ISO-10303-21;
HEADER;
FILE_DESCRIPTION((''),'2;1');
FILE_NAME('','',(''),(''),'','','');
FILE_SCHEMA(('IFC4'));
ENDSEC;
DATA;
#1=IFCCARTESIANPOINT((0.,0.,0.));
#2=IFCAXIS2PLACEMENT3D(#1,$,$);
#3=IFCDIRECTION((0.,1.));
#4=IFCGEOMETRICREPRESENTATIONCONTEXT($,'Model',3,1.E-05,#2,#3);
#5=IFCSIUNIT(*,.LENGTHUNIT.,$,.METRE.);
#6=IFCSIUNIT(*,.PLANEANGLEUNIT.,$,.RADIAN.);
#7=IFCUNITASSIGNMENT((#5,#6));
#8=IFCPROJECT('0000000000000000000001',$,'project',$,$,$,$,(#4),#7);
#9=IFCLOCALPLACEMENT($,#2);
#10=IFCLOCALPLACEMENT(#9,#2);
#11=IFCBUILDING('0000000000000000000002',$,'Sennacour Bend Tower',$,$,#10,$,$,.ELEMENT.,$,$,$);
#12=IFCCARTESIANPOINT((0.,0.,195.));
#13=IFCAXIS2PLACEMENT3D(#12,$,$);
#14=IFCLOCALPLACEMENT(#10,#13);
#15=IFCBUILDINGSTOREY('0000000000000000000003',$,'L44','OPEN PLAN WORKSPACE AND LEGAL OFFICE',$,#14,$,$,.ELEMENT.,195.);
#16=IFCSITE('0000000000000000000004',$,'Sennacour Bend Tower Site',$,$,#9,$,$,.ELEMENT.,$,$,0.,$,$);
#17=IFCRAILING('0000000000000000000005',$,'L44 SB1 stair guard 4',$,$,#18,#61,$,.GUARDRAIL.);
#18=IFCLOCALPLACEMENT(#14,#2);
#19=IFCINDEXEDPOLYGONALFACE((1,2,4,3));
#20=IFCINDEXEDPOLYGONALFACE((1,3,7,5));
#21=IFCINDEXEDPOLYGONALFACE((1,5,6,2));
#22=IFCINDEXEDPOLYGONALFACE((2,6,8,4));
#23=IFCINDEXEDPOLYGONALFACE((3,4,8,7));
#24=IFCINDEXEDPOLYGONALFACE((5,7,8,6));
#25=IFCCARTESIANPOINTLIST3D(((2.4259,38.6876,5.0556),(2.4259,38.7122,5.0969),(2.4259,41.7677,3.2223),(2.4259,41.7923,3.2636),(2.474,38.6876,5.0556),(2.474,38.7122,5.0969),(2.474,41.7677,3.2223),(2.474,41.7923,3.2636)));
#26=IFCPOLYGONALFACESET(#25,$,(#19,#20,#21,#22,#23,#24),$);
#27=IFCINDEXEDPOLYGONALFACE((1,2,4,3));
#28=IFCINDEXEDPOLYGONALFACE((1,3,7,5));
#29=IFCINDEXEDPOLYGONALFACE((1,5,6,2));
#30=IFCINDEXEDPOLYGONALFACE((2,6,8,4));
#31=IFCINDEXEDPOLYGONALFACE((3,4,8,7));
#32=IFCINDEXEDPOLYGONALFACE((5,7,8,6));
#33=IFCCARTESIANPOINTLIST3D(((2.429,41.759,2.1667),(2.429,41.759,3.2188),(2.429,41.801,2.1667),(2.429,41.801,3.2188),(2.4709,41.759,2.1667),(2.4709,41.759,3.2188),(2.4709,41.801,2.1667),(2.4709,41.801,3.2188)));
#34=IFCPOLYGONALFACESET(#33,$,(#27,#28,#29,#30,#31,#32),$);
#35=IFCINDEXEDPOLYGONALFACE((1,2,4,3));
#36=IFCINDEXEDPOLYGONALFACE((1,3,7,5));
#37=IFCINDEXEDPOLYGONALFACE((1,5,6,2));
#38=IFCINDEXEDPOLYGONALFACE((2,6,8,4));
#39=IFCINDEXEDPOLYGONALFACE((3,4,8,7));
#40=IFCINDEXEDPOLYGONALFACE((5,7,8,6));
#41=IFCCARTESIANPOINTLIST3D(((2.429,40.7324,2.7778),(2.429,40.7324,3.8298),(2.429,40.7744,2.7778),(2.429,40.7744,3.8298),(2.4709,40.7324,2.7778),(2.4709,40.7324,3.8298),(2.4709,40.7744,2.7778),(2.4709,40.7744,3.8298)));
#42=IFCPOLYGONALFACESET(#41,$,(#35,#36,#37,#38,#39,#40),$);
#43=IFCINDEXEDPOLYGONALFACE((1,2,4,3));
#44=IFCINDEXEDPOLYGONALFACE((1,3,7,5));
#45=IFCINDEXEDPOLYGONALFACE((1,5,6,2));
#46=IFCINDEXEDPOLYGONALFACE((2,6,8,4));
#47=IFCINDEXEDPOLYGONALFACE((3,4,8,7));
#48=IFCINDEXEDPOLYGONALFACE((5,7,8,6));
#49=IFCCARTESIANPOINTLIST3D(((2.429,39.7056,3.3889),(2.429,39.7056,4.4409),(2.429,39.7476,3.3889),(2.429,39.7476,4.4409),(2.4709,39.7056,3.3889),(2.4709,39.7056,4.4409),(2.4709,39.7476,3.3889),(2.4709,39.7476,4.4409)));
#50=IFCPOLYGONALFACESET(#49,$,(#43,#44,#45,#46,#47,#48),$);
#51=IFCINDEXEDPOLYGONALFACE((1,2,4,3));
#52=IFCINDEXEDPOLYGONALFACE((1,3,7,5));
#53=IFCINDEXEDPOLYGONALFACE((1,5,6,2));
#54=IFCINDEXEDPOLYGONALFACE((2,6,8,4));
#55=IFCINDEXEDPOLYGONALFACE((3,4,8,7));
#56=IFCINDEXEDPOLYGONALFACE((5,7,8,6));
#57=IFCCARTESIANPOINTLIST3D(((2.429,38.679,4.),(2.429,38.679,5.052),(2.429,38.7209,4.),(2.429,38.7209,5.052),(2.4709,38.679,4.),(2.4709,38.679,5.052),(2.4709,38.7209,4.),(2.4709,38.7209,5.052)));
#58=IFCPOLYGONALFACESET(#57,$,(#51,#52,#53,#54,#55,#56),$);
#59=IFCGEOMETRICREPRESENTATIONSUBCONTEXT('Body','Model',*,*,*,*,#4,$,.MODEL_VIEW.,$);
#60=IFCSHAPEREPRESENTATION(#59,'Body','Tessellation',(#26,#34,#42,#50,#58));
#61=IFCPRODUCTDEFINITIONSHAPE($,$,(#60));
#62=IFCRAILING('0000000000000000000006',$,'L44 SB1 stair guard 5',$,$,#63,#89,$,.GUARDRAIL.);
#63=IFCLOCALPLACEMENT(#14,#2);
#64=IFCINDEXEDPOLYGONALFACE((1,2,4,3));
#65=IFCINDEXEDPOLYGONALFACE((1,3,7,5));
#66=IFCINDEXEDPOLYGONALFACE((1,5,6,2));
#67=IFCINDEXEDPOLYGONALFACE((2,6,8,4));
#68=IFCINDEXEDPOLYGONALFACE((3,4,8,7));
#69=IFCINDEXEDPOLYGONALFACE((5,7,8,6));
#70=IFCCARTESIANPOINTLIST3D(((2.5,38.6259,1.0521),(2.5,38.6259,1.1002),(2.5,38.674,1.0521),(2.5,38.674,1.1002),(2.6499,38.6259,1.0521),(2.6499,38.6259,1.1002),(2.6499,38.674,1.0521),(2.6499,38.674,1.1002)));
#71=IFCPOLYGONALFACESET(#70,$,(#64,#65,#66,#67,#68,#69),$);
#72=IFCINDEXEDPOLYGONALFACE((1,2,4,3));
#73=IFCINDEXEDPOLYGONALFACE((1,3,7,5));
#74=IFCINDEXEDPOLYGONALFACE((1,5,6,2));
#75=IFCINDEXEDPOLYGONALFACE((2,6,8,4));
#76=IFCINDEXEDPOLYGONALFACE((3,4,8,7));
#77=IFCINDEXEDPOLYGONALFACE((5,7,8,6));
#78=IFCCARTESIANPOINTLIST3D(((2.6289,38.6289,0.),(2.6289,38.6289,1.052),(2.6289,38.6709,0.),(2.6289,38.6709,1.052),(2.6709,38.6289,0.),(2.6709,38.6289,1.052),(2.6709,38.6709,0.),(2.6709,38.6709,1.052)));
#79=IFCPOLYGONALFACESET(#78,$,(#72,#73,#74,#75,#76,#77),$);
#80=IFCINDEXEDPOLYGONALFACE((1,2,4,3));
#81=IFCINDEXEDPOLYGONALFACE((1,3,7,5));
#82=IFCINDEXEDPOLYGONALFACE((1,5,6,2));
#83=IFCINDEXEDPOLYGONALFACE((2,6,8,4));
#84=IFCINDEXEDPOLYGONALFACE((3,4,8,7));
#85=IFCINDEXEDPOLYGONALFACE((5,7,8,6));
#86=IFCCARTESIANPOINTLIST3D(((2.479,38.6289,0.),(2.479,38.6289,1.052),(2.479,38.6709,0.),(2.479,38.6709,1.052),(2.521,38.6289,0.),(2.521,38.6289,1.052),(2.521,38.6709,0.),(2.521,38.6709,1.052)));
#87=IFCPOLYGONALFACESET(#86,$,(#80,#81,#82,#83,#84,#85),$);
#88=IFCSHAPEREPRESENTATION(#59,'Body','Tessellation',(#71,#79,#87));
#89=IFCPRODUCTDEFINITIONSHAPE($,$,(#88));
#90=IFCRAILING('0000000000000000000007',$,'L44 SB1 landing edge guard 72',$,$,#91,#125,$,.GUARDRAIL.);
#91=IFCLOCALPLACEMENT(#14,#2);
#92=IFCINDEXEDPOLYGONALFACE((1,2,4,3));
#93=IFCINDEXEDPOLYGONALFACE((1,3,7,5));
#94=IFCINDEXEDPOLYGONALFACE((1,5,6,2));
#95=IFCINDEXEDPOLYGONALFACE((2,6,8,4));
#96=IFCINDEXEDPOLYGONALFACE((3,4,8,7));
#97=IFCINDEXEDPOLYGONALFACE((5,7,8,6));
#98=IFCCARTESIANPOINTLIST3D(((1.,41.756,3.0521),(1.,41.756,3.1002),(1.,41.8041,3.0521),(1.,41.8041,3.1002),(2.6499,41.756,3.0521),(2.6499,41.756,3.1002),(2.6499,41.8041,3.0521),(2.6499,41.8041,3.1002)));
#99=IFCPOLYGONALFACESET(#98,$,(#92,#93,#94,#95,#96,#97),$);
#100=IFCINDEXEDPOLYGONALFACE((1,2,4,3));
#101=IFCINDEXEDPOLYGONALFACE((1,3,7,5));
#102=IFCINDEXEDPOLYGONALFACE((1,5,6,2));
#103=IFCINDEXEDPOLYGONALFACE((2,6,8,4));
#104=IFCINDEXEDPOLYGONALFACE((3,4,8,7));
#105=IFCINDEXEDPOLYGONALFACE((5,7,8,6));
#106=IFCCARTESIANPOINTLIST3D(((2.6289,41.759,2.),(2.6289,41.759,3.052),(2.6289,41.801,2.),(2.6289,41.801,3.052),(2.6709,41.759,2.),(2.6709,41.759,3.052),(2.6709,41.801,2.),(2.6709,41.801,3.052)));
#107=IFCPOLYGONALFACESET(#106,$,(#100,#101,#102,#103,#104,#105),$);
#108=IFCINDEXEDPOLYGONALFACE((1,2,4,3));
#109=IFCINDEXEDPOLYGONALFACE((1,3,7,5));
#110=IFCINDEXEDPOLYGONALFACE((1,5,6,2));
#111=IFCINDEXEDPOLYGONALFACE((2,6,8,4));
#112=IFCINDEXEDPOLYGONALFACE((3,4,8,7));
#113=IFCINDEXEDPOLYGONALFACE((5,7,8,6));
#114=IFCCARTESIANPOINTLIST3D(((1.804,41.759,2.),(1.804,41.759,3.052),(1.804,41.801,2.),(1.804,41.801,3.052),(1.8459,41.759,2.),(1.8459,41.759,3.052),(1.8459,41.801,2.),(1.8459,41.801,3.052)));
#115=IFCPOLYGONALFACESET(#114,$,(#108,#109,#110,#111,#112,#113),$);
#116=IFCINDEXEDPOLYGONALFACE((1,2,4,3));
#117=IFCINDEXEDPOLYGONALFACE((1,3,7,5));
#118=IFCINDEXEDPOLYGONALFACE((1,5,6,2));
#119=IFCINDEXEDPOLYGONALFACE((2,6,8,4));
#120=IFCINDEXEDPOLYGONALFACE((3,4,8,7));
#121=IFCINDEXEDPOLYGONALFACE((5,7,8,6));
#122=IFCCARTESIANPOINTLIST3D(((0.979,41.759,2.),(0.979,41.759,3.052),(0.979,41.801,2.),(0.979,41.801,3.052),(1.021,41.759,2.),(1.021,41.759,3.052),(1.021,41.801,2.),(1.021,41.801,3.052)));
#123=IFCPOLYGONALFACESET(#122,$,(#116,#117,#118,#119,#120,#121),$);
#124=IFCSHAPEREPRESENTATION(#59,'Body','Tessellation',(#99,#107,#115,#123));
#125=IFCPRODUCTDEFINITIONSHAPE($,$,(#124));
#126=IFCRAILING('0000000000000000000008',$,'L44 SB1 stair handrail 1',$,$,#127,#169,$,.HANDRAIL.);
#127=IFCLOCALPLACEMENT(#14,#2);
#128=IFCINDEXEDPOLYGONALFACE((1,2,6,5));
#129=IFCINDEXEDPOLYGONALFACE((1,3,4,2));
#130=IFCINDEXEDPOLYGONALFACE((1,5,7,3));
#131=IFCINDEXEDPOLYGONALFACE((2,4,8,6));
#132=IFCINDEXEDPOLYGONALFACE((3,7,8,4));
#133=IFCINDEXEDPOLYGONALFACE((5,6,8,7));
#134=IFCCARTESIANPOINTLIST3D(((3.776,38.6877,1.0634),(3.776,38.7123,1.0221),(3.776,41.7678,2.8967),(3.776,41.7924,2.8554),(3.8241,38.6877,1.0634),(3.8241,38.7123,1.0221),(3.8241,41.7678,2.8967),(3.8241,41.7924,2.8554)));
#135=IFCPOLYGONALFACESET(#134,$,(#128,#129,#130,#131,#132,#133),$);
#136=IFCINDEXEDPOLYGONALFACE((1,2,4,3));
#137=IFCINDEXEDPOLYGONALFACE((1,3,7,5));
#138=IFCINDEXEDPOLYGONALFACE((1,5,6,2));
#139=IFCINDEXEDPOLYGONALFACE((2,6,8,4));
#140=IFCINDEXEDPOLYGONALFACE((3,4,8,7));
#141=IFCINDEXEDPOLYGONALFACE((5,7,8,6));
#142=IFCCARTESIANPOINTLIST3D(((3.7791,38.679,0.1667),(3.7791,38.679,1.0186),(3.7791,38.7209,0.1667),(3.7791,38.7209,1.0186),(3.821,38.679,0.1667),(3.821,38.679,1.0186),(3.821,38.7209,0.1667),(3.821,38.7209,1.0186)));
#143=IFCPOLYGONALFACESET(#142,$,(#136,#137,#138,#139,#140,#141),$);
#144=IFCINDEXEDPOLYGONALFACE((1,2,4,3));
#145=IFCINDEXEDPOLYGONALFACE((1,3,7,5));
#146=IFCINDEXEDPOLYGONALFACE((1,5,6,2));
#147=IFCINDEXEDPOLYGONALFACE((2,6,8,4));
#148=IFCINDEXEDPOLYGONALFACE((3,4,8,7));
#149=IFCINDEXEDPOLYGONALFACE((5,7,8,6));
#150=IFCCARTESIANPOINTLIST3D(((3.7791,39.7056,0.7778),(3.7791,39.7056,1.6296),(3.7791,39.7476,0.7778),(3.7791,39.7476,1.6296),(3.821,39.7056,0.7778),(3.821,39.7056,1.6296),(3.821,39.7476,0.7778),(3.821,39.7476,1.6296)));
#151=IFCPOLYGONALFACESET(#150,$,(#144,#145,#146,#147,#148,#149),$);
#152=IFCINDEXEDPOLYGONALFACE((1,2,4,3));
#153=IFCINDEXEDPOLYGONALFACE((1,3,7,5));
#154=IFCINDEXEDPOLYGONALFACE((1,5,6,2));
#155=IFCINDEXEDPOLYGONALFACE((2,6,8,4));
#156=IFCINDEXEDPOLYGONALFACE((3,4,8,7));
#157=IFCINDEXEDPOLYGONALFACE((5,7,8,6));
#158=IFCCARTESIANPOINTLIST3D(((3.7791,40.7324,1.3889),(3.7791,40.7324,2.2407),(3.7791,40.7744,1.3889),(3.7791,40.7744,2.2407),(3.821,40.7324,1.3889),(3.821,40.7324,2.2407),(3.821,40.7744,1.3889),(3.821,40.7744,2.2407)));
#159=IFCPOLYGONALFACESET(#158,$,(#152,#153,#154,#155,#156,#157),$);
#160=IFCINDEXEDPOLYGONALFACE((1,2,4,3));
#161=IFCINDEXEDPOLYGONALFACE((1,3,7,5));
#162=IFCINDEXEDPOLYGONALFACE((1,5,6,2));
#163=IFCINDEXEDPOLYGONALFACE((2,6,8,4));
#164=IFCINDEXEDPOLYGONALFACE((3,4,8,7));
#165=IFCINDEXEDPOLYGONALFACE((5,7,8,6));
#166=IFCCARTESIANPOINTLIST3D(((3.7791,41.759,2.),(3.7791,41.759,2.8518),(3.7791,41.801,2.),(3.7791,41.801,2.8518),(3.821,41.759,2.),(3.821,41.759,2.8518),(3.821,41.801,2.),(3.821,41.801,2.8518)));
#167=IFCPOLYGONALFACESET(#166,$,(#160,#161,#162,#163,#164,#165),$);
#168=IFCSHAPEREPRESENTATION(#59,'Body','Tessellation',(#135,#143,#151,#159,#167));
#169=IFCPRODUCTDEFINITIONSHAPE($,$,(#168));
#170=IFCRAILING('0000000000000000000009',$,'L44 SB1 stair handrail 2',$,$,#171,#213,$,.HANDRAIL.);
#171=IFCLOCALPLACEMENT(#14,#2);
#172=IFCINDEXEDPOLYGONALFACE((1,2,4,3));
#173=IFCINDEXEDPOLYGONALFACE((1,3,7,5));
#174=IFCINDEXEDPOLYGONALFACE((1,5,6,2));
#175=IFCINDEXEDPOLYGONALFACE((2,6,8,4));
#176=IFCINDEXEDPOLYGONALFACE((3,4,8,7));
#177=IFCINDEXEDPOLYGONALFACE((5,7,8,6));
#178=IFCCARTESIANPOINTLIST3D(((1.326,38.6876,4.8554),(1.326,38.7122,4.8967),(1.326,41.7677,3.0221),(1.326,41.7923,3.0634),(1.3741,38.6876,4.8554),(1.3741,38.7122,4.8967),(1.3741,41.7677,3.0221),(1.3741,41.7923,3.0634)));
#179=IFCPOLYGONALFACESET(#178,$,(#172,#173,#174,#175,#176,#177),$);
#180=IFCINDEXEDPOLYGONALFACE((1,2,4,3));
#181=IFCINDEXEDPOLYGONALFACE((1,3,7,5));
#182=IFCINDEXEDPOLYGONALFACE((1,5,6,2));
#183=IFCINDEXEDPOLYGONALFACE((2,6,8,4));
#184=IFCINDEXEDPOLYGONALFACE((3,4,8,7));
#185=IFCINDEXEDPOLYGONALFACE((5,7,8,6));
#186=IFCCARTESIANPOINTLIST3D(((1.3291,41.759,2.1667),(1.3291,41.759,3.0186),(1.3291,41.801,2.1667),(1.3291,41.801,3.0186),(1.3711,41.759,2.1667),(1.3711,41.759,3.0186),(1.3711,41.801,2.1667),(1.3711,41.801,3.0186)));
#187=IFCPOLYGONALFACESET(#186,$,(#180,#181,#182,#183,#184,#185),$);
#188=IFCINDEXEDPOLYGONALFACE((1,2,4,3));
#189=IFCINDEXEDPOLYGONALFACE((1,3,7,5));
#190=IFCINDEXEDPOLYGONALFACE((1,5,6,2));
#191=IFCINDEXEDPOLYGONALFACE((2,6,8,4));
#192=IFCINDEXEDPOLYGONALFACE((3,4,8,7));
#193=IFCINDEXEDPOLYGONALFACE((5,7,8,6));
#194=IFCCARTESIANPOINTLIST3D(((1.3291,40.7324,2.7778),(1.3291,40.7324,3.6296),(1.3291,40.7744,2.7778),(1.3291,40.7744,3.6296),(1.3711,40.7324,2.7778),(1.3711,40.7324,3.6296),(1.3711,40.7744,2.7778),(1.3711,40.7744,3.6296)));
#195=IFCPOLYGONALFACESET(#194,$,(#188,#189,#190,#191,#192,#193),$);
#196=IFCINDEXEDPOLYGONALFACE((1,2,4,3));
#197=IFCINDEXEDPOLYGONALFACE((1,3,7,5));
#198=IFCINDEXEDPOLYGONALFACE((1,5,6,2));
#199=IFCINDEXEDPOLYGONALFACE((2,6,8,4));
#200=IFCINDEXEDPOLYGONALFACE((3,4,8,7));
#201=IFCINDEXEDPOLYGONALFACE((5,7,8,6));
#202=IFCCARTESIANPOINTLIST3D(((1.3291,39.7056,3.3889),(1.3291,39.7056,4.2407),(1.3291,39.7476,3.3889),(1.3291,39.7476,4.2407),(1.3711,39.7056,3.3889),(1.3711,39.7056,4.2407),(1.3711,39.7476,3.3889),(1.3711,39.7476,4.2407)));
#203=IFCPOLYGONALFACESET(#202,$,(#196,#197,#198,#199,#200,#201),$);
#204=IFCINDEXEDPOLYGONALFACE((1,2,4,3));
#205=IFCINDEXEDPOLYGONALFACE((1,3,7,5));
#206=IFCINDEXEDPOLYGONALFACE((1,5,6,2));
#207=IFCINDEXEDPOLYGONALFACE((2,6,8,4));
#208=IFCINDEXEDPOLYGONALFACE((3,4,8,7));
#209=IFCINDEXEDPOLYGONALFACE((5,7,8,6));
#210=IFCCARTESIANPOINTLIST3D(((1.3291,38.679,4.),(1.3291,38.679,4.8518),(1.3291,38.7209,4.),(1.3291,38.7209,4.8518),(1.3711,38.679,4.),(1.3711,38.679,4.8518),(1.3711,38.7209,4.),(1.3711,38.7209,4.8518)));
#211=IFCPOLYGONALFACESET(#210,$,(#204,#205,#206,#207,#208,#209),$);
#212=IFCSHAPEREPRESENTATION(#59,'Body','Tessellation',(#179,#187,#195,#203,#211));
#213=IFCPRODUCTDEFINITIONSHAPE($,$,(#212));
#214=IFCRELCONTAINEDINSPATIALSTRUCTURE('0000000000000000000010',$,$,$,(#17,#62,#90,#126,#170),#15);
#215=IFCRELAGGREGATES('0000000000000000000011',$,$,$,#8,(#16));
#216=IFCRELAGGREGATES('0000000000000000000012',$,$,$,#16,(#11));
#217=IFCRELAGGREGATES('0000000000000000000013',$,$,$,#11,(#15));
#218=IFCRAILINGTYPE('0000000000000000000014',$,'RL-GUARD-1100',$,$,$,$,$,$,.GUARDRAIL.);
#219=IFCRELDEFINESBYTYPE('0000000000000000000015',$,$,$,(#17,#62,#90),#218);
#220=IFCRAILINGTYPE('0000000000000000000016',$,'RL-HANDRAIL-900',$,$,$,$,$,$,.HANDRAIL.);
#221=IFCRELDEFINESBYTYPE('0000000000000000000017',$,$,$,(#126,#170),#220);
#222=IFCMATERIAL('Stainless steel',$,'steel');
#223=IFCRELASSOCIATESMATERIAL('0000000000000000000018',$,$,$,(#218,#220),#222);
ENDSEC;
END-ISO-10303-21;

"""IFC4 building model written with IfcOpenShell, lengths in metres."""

from ifc_helpers import new_model, si_unit, direction, frame, origin, origin_2d, place, context, subcontext, project, spatial, rectangle, extrude, material, type_object, element, save


model = new_model("IFC4")

# Units and contexts
model_context = context("Model", 3, precision=1e-05, world=origin(), true_north=direction((0.0, 1.0)))
body_context = subcontext(model_context, "Body", "Model", "MODEL_VIEW")
ifc_project = project(units=[si_unit("LENGTHUNIT", "METRE"), si_unit("PLANEANGLEUNIT", "RADIAN")], contexts=[model_context])

# Site, building, storey
site_placement = place(None, origin())
site = spatial("IfcSite", under=ifc_project, at=site_placement, Name="Sennacour Bend Tower Site", CompositionType="ELEMENT", RefElevation=0.0)
building_placement = place(site_placement, origin())
building = spatial("IfcBuilding", under=site, at=building_placement, Name="Sennacour Bend Tower", CompositionType="ELEMENT")
storey_placement = place(building_placement, frame((0.0, 0.0, 195.0)))
storey = spatial("IfcBuildingStorey", under=building, at=storey_placement, Name="L44", Description="OPEN PLAN WORKSPACE AND LEGAL OFFICE", CompositionType="ELEMENT", Elevation=195.0)

# Shared definitions
ifc_material_1 = material(Name="Stainless steel", Category="steel")

# Railings
railing_type_1 = type_object("IfcRailingType", Name="RL-GUARD-1100", PredefinedType="GUARDRAIL", material=ifc_material_1)
railing_1_placement = place(storey_placement, frame((2.45, 41.78, 2.1667)))
element("IfcRailing", 1, at=railing_1_placement, inside=storey, type_object=railing_type_1, Name="L44 SB1 stair guard 4", PredefinedType="GUARDRAIL", context=body_context, shape_type="SweptSolid", body=[
    extrude(rectangle(XDim=0.0481, YDim=0.0481, at=origin_2d()), frame((0.0, 0.0, 1.0762), z_axis=(0.0, -0.859309, 0.511458), x_axis=(1.0, 0.0, 0.0)), (0.0, 0.0, 1.0), 3.5845),
    extrude(rectangle(XDim=0.042, YDim=0.042, at=origin_2d()), origin(), (0.0, 0.0, 1.0), 1.052),
    extrude(rectangle(XDim=0.042, YDim=0.042, at=origin_2d()), frame((0.0, -1.0266, 0.6111)), (0.0, 0.0, 1.0), 1.052),
    extrude(rectangle(XDim=0.042, YDim=0.042, at=origin_2d()), frame((0.0, -2.0535, 1.2222)), (0.0, 0.0, 1.0), 1.052),
    extrude(rectangle(XDim=0.042, YDim=0.042, at=origin_2d()), frame((0.0, -3.0801, 1.8333)), (0.0, 0.0, 1.0), 1.052),
])
railing_2_placement = place(storey_placement, frame((2.6499, 38.6499, 0.0)))
element("IfcRailing", 2, at=railing_2_placement, inside=storey, type_object=railing_type_1, Name="L44 SB1 stair guard 5", PredefinedType="GUARDRAIL", context=body_context, shape_type="SweptSolid", body=[
    extrude(rectangle(XDim=0.0481, YDim=0.0481, at=origin_2d()), frame((0.0, 0.0, 1.0762), z_axis=(-1.0, 0.0, 0.0), x_axis=(0.0, -1.0, 0.0)), (0.0, 0.0, 1.0), 0.1499),
    extrude(rectangle(XDim=0.042, YDim=0.042, at=origin_2d()), origin(), (0.0, 0.0, 1.0), 1.052),
    extrude(rectangle(XDim=0.042, YDim=0.042, at=origin_2d()), frame((-0.1499, 0.0, 0.0)), (0.0, 0.0, 1.0), 1.052),
])
railing_3_placement = place(storey_placement, frame((2.6499, 41.78, 2.0)))
element("IfcRailing", 3, at=railing_3_placement, inside=storey, type_object=railing_type_1, Name="L44 SB1 landing edge guard 72", PredefinedType="GUARDRAIL", context=body_context, shape_type="SweptSolid", body=[
    extrude(rectangle(XDim=0.0481, YDim=0.0481, at=origin_2d()), frame((0.0, 0.0, 1.0762), z_axis=(-1.0, 0.0, 0.0), x_axis=(0.0, -1.0, 0.0)), (0.0, 0.0, 1.0), 1.6499),
    extrude(rectangle(XDim=0.042, YDim=0.042, at=origin_2d()), origin(), (0.0, 0.0, 1.0), 1.052),
    extrude(rectangle(XDim=0.042, YDim=0.042, at=origin_2d()), frame((-0.825, 0.0, 0.0)), (0.0, 0.0, 1.0), 1.052),
    extrude(rectangle(XDim=0.042, YDim=0.042, at=origin_2d()), frame((-1.6499, 0.0, 0.0)), (0.0, 0.0, 1.0), 1.052),
])
railing_type_2 = type_object("IfcRailingType", Name="RL-HANDRAIL-900", PredefinedType="HANDRAIL", material=ifc_material_1)
railing_4_placement = place(storey_placement, frame((3.8, 38.7, 0.1667)))
element("IfcRailing", 4, at=railing_4_placement, inside=storey, type_object=railing_type_2, Name="L44 SB1 stair handrail 1", PredefinedType="HANDRAIL", context=body_context, shape_type="SweptSolid", body=[
    extrude(rectangle(XDim=0.0481, YDim=0.0481, at=origin_2d()), frame((0.0, 0.0, 0.876), z_axis=(0.0, 0.859309, 0.511458), x_axis=(-1.0, 0.0, 0.0)), (0.0, 0.0, 1.0), 3.5845),
    extrude(rectangle(XDim=0.042, YDim=0.042, at=origin_2d()), origin(), (0.0, 0.0, 1.0), 0.8518),
    extrude(rectangle(XDim=0.042, YDim=0.042, at=origin_2d()), frame((0.0, 1.0266, 0.6111)), (0.0, 0.0, 1.0), 0.8518),
    extrude(rectangle(XDim=0.042, YDim=0.042, at=origin_2d()), frame((0.0, 2.0535, 1.2222)), (0.0, 0.0, 1.0), 0.8518),
    extrude(rectangle(XDim=0.042, YDim=0.042, at=origin_2d()), frame((0.0, 3.0801, 1.8333)), (0.0, 0.0, 1.0), 0.8518),
])
railing_5_placement = place(storey_placement, frame((1.3501, 41.78, 2.1667)))
element("IfcRailing", 5, at=railing_5_placement, inside=storey, type_object=railing_type_2, Name="L44 SB1 stair handrail 2", PredefinedType="HANDRAIL", context=body_context, shape_type="SweptSolid", body=[
    extrude(rectangle(XDim=0.0481, YDim=0.0481, at=origin_2d()), frame((0.0, 0.0, 0.876), z_axis=(0.0, -0.859309, 0.511458), x_axis=(1.0, 0.0, 0.0)), (0.0, 0.0, 1.0), 3.5845),
    extrude(rectangle(XDim=0.042, YDim=0.042, at=origin_2d()), origin(), (0.0, 0.0, 1.0), 0.8518),
    extrude(rectangle(XDim=0.042, YDim=0.042, at=origin_2d()), frame((0.0, -1.0266, 0.6111)), (0.0, 0.0, 1.0), 0.8518),
    extrude(rectangle(XDim=0.042, YDim=0.042, at=origin_2d()), frame((0.0, -2.0535, 1.2222)), (0.0, 0.0, 1.0), 0.8518),
    extrude(rectangle(XDim=0.042, YDim=0.042, at=origin_2d()), frame((0.0, -3.0801, 1.8333)), (0.0, 0.0, 1.0), 0.8518),
])

save(model, "model.ifc")
